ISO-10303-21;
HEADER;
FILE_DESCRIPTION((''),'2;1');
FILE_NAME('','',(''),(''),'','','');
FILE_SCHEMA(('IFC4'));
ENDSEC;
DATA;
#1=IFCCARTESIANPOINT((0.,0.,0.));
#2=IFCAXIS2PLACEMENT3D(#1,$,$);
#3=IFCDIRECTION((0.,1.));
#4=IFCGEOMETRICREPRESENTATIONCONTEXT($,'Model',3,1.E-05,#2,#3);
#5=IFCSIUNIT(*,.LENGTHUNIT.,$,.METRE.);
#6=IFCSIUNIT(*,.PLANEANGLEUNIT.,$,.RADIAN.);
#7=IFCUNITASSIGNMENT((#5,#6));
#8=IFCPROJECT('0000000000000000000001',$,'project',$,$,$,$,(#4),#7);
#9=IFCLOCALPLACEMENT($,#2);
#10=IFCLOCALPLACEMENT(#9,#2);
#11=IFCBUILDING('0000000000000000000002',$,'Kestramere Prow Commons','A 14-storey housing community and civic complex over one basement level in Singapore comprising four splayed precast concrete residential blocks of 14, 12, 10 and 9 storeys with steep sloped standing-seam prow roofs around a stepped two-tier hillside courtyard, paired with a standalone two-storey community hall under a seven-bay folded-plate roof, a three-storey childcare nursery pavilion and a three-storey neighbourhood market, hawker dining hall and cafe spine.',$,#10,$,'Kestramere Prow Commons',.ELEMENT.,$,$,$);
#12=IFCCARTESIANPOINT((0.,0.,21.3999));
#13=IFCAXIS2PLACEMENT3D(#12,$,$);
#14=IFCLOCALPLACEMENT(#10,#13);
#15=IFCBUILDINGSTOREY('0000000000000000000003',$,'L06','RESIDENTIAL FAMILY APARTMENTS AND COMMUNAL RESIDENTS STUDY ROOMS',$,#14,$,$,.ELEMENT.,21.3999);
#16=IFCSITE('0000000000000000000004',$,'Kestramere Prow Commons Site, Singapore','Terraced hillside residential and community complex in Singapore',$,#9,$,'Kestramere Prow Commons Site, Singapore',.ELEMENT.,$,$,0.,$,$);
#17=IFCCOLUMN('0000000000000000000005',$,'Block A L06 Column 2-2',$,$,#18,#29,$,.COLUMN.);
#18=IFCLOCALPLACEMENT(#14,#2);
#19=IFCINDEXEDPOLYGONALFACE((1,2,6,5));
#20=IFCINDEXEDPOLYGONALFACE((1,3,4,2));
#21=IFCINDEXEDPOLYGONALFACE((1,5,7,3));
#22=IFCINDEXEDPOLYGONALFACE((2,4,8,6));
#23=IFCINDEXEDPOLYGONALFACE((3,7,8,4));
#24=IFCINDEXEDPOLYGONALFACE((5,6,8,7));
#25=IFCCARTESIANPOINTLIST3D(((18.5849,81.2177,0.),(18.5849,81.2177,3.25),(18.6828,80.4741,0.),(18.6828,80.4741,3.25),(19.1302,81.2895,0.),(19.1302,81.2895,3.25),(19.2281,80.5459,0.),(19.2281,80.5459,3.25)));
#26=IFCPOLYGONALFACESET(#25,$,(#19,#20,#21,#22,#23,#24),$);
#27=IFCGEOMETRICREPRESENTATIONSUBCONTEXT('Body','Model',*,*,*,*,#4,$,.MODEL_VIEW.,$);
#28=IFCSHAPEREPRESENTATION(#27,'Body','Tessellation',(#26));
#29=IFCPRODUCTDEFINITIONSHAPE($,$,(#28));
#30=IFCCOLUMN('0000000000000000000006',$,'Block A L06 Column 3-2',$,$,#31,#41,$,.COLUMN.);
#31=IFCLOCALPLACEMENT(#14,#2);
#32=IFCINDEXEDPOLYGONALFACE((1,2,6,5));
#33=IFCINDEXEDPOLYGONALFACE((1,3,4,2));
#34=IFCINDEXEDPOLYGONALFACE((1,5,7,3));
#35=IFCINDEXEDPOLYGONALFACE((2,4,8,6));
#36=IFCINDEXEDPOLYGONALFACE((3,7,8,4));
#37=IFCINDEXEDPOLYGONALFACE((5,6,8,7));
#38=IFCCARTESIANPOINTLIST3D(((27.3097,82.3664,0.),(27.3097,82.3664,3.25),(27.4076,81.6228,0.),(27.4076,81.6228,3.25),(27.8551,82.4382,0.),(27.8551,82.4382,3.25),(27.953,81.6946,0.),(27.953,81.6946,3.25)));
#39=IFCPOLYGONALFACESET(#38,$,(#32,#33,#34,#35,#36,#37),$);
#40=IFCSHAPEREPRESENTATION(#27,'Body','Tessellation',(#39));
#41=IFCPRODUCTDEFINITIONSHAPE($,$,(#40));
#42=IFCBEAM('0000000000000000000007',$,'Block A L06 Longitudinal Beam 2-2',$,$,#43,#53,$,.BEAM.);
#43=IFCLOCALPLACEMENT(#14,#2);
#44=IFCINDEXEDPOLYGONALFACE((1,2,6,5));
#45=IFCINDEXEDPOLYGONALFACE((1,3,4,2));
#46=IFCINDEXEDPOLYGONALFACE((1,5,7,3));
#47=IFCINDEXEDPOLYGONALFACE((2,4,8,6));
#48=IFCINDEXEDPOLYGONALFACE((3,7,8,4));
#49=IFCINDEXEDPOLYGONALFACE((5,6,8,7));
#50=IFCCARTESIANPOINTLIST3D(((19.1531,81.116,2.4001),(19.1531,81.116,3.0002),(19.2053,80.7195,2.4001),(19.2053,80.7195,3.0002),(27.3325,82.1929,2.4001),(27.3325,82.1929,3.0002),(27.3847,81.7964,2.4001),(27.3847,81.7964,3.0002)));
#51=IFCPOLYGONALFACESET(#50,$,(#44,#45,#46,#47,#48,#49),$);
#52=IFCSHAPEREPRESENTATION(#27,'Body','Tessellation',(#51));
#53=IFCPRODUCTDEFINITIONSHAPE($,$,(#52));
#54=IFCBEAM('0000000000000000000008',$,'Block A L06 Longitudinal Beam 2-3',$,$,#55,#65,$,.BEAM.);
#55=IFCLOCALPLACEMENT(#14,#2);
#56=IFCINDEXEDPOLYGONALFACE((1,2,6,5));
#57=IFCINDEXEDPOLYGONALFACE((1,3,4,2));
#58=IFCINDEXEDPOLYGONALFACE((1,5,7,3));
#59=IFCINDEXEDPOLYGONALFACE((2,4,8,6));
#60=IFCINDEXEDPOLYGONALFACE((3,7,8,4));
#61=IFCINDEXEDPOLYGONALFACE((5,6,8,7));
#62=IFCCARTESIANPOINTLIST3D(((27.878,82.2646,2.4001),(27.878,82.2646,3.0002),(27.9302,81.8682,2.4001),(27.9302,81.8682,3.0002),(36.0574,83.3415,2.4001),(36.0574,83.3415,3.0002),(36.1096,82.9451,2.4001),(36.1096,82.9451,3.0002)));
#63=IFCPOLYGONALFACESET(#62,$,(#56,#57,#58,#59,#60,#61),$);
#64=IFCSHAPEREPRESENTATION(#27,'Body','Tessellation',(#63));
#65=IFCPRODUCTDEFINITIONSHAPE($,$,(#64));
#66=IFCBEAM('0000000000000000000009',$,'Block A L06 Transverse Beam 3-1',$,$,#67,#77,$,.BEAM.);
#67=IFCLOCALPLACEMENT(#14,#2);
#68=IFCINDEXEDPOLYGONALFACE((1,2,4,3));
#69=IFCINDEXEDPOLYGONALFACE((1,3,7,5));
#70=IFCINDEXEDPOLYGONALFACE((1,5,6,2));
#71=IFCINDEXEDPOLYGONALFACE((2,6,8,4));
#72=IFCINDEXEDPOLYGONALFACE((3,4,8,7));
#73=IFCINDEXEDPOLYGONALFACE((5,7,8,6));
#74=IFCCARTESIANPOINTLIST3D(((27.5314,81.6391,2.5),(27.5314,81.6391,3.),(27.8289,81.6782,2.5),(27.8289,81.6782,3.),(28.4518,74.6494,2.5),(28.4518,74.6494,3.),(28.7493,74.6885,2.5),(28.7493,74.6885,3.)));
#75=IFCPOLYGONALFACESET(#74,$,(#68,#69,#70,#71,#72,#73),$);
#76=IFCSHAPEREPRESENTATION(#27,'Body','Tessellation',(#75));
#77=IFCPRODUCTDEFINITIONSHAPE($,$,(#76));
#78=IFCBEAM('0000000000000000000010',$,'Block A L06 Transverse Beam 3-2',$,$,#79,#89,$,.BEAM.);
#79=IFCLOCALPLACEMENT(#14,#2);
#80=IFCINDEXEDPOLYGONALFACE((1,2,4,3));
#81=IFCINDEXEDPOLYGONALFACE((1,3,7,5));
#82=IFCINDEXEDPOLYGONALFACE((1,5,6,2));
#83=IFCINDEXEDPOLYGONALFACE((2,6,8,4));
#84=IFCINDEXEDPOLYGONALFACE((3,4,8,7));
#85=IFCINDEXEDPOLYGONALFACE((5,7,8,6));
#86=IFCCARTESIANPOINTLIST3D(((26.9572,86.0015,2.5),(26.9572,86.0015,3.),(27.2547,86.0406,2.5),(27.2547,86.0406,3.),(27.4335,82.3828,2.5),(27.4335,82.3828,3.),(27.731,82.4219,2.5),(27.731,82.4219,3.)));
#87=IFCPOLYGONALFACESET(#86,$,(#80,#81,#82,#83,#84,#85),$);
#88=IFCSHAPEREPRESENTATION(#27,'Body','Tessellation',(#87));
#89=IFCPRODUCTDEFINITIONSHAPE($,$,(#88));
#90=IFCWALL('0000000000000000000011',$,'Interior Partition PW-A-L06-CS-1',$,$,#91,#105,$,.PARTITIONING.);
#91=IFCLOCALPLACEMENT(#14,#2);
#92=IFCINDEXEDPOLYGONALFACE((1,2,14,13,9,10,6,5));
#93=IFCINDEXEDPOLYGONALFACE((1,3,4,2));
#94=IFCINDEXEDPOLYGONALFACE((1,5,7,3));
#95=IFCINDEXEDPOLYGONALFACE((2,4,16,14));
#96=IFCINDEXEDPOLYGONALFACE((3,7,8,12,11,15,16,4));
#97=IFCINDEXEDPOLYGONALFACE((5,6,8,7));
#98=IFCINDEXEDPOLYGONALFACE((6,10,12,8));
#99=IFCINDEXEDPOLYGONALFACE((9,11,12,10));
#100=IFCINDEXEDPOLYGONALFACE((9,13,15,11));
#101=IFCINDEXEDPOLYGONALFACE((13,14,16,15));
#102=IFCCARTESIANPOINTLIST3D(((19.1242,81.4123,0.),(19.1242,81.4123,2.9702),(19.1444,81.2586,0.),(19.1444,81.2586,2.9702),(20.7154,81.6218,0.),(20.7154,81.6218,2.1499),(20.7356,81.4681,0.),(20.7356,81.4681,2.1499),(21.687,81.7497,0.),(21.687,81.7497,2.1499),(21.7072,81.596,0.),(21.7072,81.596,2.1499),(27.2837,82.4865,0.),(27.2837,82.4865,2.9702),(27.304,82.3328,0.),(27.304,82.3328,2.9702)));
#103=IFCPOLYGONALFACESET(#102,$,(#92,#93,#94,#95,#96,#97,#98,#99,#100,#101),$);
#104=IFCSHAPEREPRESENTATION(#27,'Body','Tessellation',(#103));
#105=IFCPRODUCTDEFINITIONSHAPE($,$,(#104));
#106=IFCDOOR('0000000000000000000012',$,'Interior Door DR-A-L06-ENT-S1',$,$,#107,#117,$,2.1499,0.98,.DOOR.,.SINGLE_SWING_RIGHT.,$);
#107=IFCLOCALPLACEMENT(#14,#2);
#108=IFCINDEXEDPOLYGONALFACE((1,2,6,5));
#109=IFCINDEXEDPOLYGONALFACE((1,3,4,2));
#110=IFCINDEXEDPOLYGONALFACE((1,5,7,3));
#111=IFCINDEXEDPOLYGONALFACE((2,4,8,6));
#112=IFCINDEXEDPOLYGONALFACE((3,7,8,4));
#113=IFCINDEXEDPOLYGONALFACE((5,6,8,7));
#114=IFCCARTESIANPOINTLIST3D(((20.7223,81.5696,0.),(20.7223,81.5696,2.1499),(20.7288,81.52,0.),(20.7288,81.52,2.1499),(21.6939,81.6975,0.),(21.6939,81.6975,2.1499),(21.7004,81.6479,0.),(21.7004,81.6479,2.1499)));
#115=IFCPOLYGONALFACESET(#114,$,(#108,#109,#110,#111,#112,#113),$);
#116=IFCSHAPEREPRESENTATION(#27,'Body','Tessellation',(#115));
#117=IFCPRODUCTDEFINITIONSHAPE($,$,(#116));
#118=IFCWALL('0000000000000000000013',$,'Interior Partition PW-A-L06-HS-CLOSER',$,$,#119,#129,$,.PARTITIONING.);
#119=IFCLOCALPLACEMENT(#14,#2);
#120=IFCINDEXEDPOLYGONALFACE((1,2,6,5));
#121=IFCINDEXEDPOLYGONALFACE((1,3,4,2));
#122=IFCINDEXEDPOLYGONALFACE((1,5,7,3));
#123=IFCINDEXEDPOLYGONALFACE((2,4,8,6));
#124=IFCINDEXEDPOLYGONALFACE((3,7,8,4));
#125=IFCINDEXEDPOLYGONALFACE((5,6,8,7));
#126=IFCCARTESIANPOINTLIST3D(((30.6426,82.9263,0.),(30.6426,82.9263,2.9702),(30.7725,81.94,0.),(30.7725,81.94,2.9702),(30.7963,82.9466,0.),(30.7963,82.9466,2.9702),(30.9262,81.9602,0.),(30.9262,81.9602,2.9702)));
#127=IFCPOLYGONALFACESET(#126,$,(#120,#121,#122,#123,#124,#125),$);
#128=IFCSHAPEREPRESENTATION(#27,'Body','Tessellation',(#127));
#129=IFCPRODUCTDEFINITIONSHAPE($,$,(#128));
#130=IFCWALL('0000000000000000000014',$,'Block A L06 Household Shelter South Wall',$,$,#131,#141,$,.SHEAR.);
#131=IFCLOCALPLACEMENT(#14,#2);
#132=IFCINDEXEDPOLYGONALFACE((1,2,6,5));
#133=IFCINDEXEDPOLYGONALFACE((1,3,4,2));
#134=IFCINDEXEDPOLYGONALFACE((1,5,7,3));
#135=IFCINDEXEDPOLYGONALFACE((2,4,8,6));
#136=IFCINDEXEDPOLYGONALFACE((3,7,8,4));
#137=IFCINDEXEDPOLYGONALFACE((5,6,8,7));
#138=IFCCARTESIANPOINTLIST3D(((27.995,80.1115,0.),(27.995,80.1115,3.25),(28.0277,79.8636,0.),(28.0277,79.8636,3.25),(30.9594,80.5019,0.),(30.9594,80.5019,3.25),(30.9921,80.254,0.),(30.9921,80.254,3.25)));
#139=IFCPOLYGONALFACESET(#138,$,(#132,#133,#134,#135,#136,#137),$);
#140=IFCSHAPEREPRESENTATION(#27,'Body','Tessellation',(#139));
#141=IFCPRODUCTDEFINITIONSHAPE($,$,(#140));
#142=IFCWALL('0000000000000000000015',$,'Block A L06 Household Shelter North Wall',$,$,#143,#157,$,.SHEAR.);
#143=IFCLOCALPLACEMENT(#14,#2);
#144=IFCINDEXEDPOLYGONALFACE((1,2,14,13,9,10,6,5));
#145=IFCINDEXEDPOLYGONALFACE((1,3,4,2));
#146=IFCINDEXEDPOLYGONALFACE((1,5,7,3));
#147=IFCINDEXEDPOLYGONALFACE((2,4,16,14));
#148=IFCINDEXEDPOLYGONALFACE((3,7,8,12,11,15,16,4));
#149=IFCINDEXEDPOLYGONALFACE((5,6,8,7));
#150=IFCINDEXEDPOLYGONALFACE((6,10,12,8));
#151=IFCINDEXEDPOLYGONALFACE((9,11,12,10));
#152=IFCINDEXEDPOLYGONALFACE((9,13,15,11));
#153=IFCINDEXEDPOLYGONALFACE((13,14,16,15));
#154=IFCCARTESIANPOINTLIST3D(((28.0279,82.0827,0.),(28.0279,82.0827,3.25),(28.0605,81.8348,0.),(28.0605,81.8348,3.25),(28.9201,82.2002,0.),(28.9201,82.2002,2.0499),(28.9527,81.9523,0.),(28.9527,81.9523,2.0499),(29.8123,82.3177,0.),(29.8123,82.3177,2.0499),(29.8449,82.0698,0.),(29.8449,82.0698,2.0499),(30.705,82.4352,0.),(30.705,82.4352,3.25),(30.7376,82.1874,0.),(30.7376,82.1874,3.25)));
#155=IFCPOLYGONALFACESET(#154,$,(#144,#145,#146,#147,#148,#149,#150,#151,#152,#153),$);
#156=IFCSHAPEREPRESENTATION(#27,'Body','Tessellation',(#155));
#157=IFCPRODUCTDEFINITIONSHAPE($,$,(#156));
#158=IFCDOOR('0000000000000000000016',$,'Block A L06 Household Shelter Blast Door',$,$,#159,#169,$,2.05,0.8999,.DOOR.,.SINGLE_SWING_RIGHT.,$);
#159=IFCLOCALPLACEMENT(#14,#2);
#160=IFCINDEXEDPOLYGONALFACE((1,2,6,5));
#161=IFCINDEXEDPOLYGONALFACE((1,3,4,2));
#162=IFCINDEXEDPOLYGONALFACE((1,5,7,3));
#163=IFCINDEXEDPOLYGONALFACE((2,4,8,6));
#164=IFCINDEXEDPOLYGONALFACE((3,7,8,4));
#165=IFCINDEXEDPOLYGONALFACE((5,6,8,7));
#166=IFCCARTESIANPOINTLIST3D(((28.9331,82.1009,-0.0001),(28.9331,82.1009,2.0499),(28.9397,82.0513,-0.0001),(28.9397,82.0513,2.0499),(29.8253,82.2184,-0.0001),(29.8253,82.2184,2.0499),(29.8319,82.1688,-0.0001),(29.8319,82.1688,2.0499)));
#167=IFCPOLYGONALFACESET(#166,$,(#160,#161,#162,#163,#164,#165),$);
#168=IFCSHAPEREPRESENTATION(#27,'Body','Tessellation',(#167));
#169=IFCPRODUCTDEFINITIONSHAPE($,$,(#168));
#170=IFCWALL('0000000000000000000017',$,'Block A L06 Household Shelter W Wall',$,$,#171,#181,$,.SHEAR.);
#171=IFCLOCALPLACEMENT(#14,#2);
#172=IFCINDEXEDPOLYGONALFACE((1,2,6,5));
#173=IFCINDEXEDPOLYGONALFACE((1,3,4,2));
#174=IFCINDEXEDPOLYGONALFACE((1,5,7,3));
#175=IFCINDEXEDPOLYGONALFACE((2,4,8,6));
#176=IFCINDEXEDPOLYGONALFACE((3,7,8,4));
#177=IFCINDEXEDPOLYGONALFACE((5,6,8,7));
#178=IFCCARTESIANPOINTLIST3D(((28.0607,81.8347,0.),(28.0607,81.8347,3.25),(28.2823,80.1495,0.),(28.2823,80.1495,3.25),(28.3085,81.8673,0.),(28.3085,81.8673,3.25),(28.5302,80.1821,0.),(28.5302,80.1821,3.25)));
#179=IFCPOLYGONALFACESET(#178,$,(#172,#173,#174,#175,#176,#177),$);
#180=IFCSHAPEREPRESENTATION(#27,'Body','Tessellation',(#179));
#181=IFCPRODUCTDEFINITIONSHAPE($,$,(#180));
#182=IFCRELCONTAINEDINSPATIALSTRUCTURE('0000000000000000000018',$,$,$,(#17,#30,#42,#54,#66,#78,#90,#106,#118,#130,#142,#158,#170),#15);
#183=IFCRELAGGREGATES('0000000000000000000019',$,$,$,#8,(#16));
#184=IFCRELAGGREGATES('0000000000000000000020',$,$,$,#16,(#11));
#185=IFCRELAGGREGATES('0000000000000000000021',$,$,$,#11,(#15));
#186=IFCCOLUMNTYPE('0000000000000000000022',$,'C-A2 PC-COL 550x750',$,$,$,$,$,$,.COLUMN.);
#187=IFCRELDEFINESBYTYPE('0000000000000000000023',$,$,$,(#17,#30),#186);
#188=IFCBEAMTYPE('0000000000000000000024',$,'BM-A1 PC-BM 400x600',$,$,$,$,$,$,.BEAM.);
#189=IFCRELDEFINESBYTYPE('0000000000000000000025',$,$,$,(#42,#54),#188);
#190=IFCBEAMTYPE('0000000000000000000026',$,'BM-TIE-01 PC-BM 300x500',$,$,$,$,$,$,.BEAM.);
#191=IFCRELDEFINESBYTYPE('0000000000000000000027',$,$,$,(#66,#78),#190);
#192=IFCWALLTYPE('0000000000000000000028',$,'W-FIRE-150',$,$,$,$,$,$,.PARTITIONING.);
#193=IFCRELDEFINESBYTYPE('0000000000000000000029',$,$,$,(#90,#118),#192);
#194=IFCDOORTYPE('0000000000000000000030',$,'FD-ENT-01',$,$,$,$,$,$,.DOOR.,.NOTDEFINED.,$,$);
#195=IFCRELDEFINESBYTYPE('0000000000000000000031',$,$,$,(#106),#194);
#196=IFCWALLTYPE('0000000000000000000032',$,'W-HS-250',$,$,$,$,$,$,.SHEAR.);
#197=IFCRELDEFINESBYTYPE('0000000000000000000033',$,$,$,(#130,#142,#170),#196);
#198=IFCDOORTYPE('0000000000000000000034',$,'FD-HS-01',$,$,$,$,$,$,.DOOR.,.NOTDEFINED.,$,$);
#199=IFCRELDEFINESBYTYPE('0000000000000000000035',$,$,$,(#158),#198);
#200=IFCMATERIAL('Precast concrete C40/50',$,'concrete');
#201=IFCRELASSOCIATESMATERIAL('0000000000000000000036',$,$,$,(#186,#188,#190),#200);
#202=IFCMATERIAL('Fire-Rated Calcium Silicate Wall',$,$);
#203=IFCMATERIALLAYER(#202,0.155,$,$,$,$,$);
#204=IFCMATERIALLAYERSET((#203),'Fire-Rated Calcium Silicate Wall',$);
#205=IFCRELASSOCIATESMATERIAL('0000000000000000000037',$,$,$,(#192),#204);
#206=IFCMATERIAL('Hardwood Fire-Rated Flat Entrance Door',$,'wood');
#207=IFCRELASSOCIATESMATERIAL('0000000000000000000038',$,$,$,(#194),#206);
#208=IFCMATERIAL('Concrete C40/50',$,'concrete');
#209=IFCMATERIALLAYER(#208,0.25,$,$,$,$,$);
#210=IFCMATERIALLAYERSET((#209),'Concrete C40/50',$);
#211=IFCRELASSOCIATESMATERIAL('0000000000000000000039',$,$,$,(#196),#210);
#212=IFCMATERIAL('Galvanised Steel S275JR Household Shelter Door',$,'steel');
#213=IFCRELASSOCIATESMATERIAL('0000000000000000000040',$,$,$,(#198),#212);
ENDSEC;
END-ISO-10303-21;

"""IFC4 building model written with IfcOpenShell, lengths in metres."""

from ifc_helpers import new_model, si_unit, direction, frame, frame_2d, origin, origin_2d, place, context, subcontext, project, spatial, rectangle, extrude, material, layer, layer_set, material_profile, profile_set, type_object, element, fill, save


model = new_model("IFC4")

# Units and contexts
model_context = context("Model", 3, precision=1e-05, world=origin(), true_north=direction((0.0, 1.0)))
body_context = subcontext(model_context, "Body", "Model", "MODEL_VIEW")
ifc_project = project(units=[si_unit("LENGTHUNIT", "METRE"), si_unit("PLANEANGLEUNIT", "RADIAN")], contexts=[model_context])

# Site, building, storey
site_placement = place(None, origin())
site = spatial("IfcSite", under=ifc_project, at=site_placement, Name="Kestramere Prow Commons Site, Singapore", Description="Terraced hillside residential and community complex in Singapore", LongName="Kestramere Prow Commons Site, Singapore", CompositionType="ELEMENT", RefElevation=0.0)
building_placement = place(site_placement, origin())
building = spatial("IfcBuilding", under=site, at=building_placement, Name="Kestramere Prow Commons", Description="A 14-storey housing community and civic complex over one basement level in Singapore comprising four splayed precast concrete residential blocks of 14, 12, 10 and 9 storeys with steep sloped standing-seam prow roofs around a stepped two-tier hillside courtyard, paired with a standalone two-storey community hall under a seven-bay folded-plate roof, a three-storey childcare nursery pavilion and a three-storey neighbourhood market, hawker dining hall and cafe spine.", LongName="Kestramere Prow Commons", CompositionType="ELEMENT")
storey_placement = place(building_placement, frame((0.0, 0.0, 21.3999)))
storey = spatial("IfcBuildingStorey", under=building, at=storey_placement, Name="L06", Description="RESIDENTIAL FAMILY APARTMENTS AND COMMUNAL RESIDENTS STUDY ROOMS", CompositionType="ELEMENT", Elevation=21.3999)

# Columns
ifc_material_1 = material(Name="Precast concrete C40/50", Category="concrete")
ifc_material_profile_1 = material_profile(ifc_material_1, rectangle(XDim=0.55, YDim=0.75, at=origin_2d()), Name="PC-COL 550x750")
ifc_profile_set_1 = profile_set([ifc_material_profile_1], Name="Precast concrete C40/50")
column_type = type_object("IfcColumnType", Name="C-A2 PC-COL 550x750", PredefinedType="COLUMN", material=ifc_profile_set_1)
for number, where, z_axis, x_axis, name in (
    (1, (18.9065, 80.8818, 0.0), (0.0, 0.0, 1.0), (0.991445, 0.130526, 0.0), "Block A L06 Column 2-2"),
    (2, (27.6313, 82.0305, 0.0), (0.0, 0.0, 1.0), (0.991445, 0.130526, 0.0), "Block A L06 Column 3-2"),
):
    element("IfcColumn", number, at=place(storey_placement, frame(where, z_axis=z_axis, x_axis=x_axis)), inside=storey, type_object=column_type, Name=name, PredefinedType="COLUMN", context=body_context, shape_type="SweptSolid", body=[
        extrude(rectangle(XDim=0.55, YDim=0.75, at=origin_2d()), origin(), (0.0, 0.0, 1.0), 3.25),
    ])

# Beams
ifc_material_profile_2 = material_profile(ifc_material_1, rectangle(XDim=0.3999, YDim=0.6001, at=origin_2d()), Name="PC-BM 400x600")
ifc_profile_set_2 = profile_set([ifc_material_profile_2], Name="Precast concrete C40/50")
beam_type_1 = type_object("IfcBeamType", Name="BM-A1 PC-BM 400x600", PredefinedType="BEAM", material=ifc_profile_set_2)
for number, where, z_axis, x_axis, name in (
    (3, (19.1792, 80.9177, 2.7002), (0.991444, 0.130533, 0.0), (-0.130533, 0.991444, 0.0), "Block A L06 Longitudinal Beam 2-2"),
    (4, (27.9041, 82.0664, 2.7002), (0.991444, 0.130533, 0.0), (-0.130533, 0.991444, 0.0), "Block A L06 Longitudinal Beam 2-3"),
):
    element("IfcBeam", number, at=place(storey_placement, frame(where, z_axis=z_axis, x_axis=x_axis)), inside=storey, type_object=beam_type_1, Name=name, PredefinedType="BEAM", context=body_context, shape_type="SweptSolid", body=[
        extrude(rectangle(XDim=0.3999, YDim=0.6001, at=origin_2d()), origin(), (0.0, 0.0, 1.0), 8.25),
    ])
ifc_material_profile_3 = material_profile(ifc_material_1, rectangle(XDim=0.3, YDim=0.5, at=origin_2d()), Name="PC-BM 300x500")
ifc_profile_set_3 = profile_set([ifc_material_profile_3], Name="Precast concrete C40/50")
beam_type_2 = type_object("IfcBeamType", Name="BM-TIE-01 PC-BM 300x500", PredefinedType="BEAM", material=ifc_profile_set_3)
beam_1_placement = place(storey_placement, frame((28.6006, 74.6689, 2.75), z_axis=(-0.130553, 0.991441, 0.0), x_axis=(-0.991441, -0.130553, 0.0)))
element("IfcBeam", 5, at=beam_1_placement, inside=storey, type_object=beam_type_2, Name="Block A L06 Transverse Beam 3-1", PredefinedType="BEAM", context=body_context, shape_type="SweptSolid", body=[
    extrude(rectangle(XDim=0.3, YDim=0.5, at=origin_2d()), origin(), (0.0, 0.0, 1.0), 7.05),
])
beam_2_placement = place(storey_placement, frame((27.5823, 82.4023, 2.75), z_axis=(-0.130503, 0.991448, 0.0), x_axis=(-0.991448, -0.130503, 0.0)))
element("IfcBeam", 6, at=beam_2_placement, inside=storey, type_object=beam_type_2, Name="Block A L06 Transverse Beam 3-2", PredefinedType="BEAM", context=body_context, shape_type="SweptSolid", body=[
    extrude(rectangle(XDim=0.3, YDim=0.5, at=origin_2d()), origin(), (0.0, 0.0, 1.0), 3.6499),
])

# Wall, opening, door
ifc_material_2 = material(Name="Fire-Rated Calcium Silicate Wall")
ifc_layer_1 = layer(ifc_material_2, 0.155)
ifc_layer_set_1 = layer_set([ifc_layer_1], Name="Fire-Rated Calcium Silicate Wall")
wall_type_1 = type_object("IfcWallType", Name="W-FIRE-150", PredefinedType="PARTITIONING", material=ifc_layer_set_1)
wall_1_placement = place(storey_placement, frame((19.1343, 81.3354, 0.0), z_axis=(0.0, 0.0, 1.0), x_axis=(0.991445, 0.130524, 0.0)))
wall_1 = element("IfcWall", 7, at=wall_1_placement, inside=storey, type_object=wall_type_1, Name="Interior Partition PW-A-L06-CS-1", PredefinedType="PARTITIONING", context=body_context, shape_type="SweptSolid", body=[
    extrude(rectangle(XDim=8.23, YDim=0.155, at=frame_2d((4.115, 0.0))), origin(), (0.0, 0.0, 1.0), 2.9702),
])
opening_1_placement = place(wall_1_placement, frame((1.605, 0.0, 0.0)))
opening_1 = element("IfcOpeningElement", 8, at=opening_1_placement, cuts=wall_1, PredefinedType="OPENING", context=body_context, shape_type="SweptSolid", body=[
    extrude(rectangle(XDim=0.98, YDim=2.1499, at=frame_2d((0.49, 1.075))), frame((0.0, 0.0925, 0.0), z_axis=(0.0, -1.0, 0.0), x_axis=(1.0, 0.0, 0.0)), (0.0, 0.0, 1.0), 0.1851),
])
ifc_material_3 = material(Name="Hardwood Fire-Rated Flat Entrance Door", Category="wood")
door_type_1 = type_object("IfcDoorType", Name="FD-ENT-01", OperationType="NOTDEFINED", PredefinedType="DOOR", material=ifc_material_3)
door_1_placement = place(opening_1_placement, origin())
door_1 = element("IfcDoor", 9, at=door_1_placement, inside=storey, type_object=door_type_1, Name="Interior Door DR-A-L06-ENT-S1", OperationType="SINGLE_SWING_RIGHT", OverallHeight=2.1499, OverallWidth=0.98, PredefinedType="DOOR", context=body_context, shape_type="SweptSolid", body=[
    extrude(rectangle(XDim=0.98, YDim=2.1499, at=frame_2d((0.49, 1.075))), frame((0.0, 0.0249, 0.0), z_axis=(0.0, -1.0, 0.0), x_axis=(1.0, 0.0, 0.0)), (0.0, 0.0, 1.0), 0.05),
])
fill(opening_1, door_1)

# Wall
wall_2_placement = place(storey_placement, frame((30.8494, 81.95, 0.0), z_axis=(0.0, 0.0, 1.0), x_axis=(-0.130556, 0.991441, 0.0)))
element("IfcWall", 10, at=wall_2_placement, inside=storey, type_object=wall_type_1, Name="Interior Partition PW-A-L06-HS-CLOSER", PredefinedType="PARTITIONING", context=body_context, shape_type="SweptSolid", body=[
    extrude(rectangle(XDim=0.9949, YDim=0.155, at=frame_2d((0.4976, 0.0))), origin(), (0.0, 0.0, 1.0), 2.9702),
])

# Wall
ifc_material_4 = material(Name="Concrete C40/50", Category="concrete")
ifc_layer_2 = layer(ifc_material_4, 0.25)
ifc_layer_set_2 = layer_set([ifc_layer_2], Name="Concrete C40/50")
wall_type_2 = type_object("IfcWallType", Name="W-HS-250", PredefinedType="SHEAR", material=ifc_layer_set_2)
wall_3_placement = place(storey_placement, frame((28.0112, 79.9875, 0.0), z_axis=(0.0, 0.0, 1.0), x_axis=(0.99144, 0.130564, 0.0)))
element("IfcWall", 11, at=wall_3_placement, inside=storey, type_object=wall_type_2, Name="Block A L06 Household Shelter South Wall", PredefinedType="SHEAR", context=body_context, shape_type="SweptSolid", body=[
    extrude(rectangle(XDim=2.99, YDim=0.25, at=frame_2d((1.4951, 0.0))), origin(), (0.0, 0.0, 1.0), 3.25),
])

# Wall, opening, door
wall_4_placement = place(storey_placement, frame((28.0442, 81.9587, 0.0), z_axis=(0.0, 0.0, 1.0), x_axis=(0.99144, 0.130564, 0.0)))
wall_4 = element("IfcWall", 12, at=wall_4_placement, inside=storey, type_object=wall_type_2, Name="Block A L06 Household Shelter North Wall", PredefinedType="SHEAR", context=body_context, shape_type="SweptSolid", body=[
    extrude(rectangle(XDim=2.7002, YDim=0.25, at=frame_2d((1.3501, 0.0))), origin(), (0.0, 0.0, 1.0), 3.25),
])
opening_2_placement = place(wall_4_placement, frame((0.8999, 0.0, 0.0)))
opening_2 = element("IfcOpeningElement", 13, at=opening_2_placement, cuts=wall_4, PredefinedType="OPENING", context=body_context, shape_type="SweptSolid", body=[
    extrude(rectangle(XDim=0.8999, YDim=2.05, at=frame_2d((0.45, 1.0249))), frame((0.0, 0.1399, 0.0), z_axis=(0.0, -1.0, 0.0), x_axis=(1.0, 0.0, 0.0)), (0.0, 0.0, 1.0), 0.28),
])
ifc_material_5 = material(Name="Galvanised Steel S275JR Household Shelter Door", Category="steel")
door_type_2 = type_object("IfcDoorType", Name="FD-HS-01", OperationType="NOTDEFINED", PredefinedType="DOOR", material=ifc_material_5)
door_2_placement = place(opening_2_placement, origin())
door_2 = element("IfcDoor", 14, at=door_2_placement, inside=storey, type_object=door_type_2, Name="Block A L06 Household Shelter Blast Door", OperationType="SINGLE_SWING_RIGHT", OverallHeight=2.05, OverallWidth=0.8999, PredefinedType="DOOR", context=body_context, shape_type="SweptSolid", body=[
    extrude(rectangle(XDim=0.8999, YDim=2.05, at=frame_2d((0.45, 1.0249))), frame((0.0, 0.0249, 0.0), z_axis=(0.0, -1.0, 0.0), x_axis=(1.0, 0.0, 0.0)), (0.0, 0.0, 1.0), 0.05),
])
fill(opening_2, door_2)

# Wall
wall_5_placement = place(storey_placement, frame((28.4062, 80.1658, 0.0), z_axis=(0.0, 0.0, 1.0), x_axis=(-0.130414, 0.99146, 0.0)))
element("IfcWall", 15, at=wall_5_placement, inside=storey, type_object=wall_type_2, Name="Block A L06 Household Shelter W Wall", PredefinedType="SHEAR", context=body_context, shape_type="SweptSolid", body=[
    extrude(rectangle(XDim=1.6997, YDim=0.25, at=frame_2d((0.8499, 0.0))), origin(), (0.0, 0.0, 1.0), 3.25),
])

save(model, "model.ifc")
